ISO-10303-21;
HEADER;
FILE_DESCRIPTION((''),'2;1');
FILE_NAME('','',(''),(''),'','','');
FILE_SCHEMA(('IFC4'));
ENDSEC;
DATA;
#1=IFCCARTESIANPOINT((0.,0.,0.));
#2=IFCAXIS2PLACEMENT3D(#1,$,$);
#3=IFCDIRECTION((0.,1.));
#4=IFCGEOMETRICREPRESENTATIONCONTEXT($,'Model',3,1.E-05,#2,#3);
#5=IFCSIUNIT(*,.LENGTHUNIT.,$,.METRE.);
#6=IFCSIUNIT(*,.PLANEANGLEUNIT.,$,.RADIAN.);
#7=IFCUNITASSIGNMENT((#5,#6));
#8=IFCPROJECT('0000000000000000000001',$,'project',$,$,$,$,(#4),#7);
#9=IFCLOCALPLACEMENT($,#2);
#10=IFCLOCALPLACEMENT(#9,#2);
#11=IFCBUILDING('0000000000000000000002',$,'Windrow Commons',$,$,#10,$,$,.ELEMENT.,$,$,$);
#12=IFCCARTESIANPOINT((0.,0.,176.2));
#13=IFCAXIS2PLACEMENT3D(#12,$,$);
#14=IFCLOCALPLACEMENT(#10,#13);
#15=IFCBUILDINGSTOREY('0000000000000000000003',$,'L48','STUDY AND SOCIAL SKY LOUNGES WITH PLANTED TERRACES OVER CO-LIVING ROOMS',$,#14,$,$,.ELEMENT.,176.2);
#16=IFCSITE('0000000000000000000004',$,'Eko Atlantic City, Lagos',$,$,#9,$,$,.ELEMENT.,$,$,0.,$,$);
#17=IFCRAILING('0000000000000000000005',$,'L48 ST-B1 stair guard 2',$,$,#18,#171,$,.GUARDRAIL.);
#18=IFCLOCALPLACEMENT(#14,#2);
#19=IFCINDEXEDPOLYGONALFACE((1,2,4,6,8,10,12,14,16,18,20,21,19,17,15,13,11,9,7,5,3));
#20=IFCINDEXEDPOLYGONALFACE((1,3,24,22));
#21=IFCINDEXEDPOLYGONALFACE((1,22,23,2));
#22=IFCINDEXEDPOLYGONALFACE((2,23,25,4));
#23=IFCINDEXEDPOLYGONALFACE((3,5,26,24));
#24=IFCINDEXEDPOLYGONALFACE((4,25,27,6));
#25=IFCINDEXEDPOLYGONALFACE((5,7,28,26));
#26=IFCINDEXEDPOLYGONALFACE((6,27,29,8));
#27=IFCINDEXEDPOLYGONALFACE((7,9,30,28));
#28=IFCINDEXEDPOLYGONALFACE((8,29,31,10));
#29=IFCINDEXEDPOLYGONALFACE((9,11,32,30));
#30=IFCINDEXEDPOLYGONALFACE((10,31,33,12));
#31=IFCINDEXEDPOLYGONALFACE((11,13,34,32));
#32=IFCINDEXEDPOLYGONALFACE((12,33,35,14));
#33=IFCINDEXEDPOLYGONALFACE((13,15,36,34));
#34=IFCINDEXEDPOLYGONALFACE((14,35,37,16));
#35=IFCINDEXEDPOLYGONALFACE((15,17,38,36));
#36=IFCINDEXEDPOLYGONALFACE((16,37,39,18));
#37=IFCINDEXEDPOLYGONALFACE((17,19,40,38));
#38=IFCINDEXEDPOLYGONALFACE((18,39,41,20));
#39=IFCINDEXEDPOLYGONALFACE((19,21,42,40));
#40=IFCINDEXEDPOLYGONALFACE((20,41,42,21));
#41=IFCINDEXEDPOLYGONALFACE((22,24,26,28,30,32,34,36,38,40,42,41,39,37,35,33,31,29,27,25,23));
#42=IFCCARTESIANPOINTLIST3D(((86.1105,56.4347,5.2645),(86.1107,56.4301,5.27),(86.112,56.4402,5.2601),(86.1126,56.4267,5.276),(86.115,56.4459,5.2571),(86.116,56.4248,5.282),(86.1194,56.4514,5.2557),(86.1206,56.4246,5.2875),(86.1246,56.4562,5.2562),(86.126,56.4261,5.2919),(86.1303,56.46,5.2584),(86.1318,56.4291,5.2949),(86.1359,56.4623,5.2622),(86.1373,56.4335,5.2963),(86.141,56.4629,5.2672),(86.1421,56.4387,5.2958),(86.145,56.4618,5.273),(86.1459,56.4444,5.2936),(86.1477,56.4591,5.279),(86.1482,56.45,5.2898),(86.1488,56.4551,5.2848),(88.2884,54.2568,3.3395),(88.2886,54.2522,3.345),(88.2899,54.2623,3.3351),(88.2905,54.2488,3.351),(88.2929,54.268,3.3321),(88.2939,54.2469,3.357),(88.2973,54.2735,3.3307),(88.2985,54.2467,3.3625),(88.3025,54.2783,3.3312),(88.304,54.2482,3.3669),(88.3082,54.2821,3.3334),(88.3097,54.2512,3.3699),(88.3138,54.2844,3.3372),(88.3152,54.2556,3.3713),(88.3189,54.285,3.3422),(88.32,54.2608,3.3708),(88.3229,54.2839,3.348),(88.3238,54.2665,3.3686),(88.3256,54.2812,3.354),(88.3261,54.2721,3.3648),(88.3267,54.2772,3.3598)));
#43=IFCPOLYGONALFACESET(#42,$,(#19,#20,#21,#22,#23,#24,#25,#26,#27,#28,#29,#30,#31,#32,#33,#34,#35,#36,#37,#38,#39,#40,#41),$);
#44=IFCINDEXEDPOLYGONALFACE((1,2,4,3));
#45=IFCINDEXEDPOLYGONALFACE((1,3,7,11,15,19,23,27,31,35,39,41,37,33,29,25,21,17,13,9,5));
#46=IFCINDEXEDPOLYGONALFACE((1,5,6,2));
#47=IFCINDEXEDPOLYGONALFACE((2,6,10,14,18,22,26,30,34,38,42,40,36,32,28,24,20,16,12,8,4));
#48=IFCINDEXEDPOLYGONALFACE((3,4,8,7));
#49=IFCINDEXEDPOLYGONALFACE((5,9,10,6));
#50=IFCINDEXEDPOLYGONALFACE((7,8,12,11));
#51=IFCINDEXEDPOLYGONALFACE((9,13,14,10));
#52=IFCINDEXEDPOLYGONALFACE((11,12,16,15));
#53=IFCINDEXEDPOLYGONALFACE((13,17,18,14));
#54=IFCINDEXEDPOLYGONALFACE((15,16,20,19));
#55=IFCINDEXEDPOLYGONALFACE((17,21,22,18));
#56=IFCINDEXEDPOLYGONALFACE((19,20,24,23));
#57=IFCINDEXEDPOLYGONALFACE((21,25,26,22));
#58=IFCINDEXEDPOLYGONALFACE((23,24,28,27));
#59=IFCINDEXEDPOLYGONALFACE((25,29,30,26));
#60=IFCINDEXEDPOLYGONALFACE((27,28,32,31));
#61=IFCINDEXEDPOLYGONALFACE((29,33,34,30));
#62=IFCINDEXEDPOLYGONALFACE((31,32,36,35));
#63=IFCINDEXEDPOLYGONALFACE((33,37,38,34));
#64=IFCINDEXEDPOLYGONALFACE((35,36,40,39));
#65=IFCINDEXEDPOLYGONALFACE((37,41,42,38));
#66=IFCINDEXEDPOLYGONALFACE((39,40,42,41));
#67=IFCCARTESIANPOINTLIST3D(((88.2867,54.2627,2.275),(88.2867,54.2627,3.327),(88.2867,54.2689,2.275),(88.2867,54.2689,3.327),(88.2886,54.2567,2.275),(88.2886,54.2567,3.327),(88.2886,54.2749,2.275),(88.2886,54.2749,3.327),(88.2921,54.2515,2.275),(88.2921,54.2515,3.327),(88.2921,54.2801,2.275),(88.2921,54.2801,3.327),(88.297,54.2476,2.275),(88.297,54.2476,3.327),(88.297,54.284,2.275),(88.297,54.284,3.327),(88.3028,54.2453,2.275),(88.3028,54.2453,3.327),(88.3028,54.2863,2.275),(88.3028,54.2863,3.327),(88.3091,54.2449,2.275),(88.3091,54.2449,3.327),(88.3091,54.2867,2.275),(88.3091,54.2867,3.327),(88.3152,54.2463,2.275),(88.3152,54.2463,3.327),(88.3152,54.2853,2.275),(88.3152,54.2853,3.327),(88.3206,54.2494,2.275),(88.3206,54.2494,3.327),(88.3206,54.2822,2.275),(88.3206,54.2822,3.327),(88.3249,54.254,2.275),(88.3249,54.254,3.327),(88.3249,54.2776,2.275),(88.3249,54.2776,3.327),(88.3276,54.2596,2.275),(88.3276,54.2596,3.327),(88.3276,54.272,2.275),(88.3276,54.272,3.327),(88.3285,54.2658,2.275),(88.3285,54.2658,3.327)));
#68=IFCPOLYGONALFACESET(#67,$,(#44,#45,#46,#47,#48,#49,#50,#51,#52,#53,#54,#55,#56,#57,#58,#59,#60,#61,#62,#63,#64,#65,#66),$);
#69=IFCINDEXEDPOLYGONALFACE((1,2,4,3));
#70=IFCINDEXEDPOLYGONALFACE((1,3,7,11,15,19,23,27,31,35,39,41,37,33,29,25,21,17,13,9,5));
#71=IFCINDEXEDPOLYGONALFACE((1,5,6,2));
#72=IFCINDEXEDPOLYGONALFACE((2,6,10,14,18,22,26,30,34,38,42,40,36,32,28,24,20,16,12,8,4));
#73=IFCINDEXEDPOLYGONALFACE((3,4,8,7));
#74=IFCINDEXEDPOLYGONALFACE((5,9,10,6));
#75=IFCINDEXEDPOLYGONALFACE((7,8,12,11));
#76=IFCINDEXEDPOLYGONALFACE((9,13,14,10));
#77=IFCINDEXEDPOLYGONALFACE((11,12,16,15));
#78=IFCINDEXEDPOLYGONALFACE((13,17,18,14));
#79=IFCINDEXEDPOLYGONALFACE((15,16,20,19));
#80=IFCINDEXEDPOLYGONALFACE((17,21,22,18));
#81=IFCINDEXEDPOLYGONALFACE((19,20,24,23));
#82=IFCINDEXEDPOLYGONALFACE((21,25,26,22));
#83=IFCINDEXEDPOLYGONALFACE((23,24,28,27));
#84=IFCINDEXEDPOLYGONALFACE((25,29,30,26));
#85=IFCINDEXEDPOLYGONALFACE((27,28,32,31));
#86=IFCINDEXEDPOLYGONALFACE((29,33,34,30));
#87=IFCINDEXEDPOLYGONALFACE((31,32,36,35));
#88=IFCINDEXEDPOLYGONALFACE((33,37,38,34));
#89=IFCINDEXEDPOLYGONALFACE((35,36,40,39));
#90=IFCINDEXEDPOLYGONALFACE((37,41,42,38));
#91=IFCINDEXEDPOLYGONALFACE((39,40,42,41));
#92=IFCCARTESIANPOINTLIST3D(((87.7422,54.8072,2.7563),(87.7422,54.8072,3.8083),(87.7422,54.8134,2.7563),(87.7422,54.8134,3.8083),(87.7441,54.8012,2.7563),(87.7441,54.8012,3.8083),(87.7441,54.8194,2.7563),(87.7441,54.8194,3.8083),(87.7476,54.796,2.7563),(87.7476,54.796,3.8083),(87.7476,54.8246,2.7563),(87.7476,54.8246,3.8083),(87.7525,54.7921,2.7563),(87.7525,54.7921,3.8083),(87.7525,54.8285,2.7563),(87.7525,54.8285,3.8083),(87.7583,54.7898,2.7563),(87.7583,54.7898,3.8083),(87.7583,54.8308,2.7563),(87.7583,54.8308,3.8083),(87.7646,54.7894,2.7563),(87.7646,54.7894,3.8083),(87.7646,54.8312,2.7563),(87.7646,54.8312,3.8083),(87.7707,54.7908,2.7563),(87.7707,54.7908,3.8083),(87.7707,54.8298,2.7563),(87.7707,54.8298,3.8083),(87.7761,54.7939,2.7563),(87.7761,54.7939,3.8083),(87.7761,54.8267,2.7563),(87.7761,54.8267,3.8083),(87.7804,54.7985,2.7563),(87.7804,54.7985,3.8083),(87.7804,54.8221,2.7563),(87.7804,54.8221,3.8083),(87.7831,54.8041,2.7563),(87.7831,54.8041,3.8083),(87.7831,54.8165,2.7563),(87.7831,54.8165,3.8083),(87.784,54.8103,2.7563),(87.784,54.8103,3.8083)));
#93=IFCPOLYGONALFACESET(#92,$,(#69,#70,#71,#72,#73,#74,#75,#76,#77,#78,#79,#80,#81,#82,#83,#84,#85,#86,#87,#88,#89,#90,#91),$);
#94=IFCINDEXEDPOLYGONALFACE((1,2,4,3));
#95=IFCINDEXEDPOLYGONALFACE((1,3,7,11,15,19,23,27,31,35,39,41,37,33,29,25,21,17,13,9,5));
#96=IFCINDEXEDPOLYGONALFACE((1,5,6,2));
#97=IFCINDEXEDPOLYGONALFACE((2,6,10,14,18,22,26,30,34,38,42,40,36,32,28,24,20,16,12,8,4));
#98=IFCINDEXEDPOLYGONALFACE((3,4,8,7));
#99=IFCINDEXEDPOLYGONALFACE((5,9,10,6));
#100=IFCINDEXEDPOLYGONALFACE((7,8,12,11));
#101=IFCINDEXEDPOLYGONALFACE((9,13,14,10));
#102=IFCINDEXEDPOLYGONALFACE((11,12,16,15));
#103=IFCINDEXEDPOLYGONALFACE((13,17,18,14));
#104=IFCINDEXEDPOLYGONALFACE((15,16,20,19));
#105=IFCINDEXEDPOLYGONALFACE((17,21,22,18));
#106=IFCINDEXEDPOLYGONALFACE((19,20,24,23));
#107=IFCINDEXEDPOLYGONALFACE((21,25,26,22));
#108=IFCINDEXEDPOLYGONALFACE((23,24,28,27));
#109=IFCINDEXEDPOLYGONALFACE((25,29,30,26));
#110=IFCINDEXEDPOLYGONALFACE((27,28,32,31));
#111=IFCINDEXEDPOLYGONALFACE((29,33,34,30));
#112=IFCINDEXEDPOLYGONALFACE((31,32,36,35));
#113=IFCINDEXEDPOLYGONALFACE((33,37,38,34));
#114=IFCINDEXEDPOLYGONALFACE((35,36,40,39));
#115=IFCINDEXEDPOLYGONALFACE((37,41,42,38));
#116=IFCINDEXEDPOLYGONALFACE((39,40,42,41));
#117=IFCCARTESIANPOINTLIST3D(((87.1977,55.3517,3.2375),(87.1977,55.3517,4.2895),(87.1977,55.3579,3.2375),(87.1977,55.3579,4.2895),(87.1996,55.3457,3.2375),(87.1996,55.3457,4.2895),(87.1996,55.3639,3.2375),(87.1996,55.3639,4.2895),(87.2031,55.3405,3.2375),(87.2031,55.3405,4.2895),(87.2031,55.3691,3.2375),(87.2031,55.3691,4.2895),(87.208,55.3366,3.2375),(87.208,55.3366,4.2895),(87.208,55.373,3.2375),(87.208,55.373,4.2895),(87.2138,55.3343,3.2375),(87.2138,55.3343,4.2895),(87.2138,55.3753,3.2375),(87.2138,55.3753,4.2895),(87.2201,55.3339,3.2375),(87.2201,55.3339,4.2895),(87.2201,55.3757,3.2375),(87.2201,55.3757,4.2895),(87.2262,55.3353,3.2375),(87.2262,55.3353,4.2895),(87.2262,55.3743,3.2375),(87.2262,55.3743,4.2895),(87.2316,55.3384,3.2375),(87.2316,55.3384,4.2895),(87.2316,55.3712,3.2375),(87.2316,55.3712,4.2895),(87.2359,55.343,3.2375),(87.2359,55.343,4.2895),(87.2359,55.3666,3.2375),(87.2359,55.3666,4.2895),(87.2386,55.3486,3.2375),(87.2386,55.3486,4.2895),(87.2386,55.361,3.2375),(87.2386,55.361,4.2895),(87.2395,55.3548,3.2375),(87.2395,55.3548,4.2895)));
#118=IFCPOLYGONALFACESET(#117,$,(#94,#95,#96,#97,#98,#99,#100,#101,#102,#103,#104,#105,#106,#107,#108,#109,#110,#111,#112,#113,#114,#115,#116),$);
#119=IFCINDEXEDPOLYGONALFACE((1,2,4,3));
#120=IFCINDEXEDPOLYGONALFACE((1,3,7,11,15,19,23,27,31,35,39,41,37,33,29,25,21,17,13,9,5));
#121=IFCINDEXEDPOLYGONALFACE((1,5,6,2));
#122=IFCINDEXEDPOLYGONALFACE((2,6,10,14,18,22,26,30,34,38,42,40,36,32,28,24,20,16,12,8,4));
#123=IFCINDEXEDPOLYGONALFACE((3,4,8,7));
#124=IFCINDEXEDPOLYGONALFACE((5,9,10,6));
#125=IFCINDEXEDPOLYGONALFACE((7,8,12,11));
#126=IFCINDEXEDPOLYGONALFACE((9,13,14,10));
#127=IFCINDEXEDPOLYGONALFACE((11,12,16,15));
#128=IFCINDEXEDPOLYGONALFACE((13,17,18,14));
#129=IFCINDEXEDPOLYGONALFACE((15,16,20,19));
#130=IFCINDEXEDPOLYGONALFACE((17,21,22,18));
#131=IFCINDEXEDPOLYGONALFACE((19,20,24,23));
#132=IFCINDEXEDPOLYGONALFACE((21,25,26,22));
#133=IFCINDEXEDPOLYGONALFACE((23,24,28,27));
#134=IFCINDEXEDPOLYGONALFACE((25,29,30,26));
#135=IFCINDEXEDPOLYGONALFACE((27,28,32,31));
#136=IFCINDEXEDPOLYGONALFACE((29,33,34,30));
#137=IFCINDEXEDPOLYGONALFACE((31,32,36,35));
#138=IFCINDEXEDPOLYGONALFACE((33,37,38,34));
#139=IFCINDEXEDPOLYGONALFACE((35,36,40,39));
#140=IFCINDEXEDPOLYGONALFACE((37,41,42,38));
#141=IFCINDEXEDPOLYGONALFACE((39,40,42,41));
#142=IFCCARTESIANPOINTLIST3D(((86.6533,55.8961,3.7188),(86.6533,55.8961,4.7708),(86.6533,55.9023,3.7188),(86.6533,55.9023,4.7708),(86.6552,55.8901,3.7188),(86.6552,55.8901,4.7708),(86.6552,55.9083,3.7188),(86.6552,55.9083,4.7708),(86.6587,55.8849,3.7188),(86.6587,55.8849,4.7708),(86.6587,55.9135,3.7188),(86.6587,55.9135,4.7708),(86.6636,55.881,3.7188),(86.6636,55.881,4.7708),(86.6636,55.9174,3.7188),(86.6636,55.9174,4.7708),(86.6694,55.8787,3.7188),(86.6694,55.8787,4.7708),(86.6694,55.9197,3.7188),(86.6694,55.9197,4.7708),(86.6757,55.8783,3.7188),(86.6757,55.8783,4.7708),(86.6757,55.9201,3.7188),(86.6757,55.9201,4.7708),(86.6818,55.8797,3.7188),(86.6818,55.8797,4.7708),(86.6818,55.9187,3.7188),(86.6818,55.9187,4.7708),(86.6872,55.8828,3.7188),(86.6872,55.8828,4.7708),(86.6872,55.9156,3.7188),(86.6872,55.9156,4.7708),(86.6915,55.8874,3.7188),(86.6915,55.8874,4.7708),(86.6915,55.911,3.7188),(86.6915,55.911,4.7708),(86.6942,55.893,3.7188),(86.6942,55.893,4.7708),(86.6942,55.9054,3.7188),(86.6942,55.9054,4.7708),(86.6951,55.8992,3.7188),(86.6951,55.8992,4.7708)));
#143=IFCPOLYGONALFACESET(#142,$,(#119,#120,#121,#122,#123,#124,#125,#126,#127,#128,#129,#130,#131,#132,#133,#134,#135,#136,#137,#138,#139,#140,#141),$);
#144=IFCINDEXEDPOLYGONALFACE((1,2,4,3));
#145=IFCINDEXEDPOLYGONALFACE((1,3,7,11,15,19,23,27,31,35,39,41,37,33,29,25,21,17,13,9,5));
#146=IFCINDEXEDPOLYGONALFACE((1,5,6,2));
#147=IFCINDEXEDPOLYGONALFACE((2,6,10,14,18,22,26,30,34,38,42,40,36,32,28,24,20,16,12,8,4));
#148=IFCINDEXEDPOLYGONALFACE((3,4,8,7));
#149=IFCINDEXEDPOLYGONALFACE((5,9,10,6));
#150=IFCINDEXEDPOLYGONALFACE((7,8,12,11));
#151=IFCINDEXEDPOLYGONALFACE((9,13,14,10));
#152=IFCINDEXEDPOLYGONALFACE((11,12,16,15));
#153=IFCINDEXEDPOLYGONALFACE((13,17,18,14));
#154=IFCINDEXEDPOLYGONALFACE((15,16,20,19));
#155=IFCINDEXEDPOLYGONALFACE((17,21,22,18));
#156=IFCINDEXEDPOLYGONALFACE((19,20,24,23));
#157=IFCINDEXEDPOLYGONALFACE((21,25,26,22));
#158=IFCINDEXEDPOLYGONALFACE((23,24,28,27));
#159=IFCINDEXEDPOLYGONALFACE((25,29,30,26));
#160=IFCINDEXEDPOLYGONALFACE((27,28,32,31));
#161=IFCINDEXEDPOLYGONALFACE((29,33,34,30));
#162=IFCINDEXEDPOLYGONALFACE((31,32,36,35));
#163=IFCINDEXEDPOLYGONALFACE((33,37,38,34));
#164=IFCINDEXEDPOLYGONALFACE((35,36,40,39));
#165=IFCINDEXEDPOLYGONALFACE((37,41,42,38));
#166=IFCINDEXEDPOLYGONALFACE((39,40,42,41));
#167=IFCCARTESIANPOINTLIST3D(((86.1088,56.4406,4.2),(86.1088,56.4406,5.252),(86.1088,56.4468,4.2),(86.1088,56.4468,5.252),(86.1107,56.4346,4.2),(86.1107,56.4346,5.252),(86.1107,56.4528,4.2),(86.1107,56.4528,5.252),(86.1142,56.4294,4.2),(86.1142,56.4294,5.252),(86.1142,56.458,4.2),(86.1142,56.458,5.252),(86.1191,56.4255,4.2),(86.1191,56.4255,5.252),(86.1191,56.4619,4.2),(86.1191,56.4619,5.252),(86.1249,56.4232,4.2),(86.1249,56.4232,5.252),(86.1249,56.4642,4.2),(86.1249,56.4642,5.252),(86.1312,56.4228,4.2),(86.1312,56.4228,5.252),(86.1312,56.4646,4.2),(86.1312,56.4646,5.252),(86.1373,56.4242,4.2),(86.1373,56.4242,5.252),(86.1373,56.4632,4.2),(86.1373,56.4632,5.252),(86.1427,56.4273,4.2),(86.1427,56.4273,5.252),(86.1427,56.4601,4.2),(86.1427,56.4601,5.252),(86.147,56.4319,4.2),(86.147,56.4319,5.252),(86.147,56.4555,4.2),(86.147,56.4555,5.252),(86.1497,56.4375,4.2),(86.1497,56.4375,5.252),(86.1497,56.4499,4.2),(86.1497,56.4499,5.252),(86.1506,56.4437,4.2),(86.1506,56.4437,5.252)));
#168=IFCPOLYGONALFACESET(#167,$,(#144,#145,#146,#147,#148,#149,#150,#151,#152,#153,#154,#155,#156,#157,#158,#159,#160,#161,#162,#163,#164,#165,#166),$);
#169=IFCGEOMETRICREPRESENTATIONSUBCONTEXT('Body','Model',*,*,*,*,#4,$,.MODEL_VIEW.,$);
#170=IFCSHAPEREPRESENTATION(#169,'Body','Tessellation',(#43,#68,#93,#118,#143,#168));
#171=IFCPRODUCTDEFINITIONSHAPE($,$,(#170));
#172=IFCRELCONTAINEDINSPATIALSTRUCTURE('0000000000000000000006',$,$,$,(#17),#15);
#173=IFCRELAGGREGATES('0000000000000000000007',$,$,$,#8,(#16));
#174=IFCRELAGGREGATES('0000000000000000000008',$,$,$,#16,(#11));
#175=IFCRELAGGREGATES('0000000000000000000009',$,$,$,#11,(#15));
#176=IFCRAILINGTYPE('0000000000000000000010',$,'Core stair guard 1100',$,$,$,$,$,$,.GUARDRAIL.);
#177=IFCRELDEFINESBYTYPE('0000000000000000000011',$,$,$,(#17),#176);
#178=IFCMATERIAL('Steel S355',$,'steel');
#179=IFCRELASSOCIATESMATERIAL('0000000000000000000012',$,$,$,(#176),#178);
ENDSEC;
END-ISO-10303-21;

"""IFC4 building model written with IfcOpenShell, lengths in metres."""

from ifc_helpers import new_model, si_unit, direction, frame, origin, origin_2d, place, context, subcontext, project, spatial, circle, extrude, material, type_object, element, save


model = new_model("IFC4")

# Units and contexts
model_context = context("Model", 3, precision=1e-05, world=origin(), true_north=direction((0.0, 1.0)))
body_context = subcontext(model_context, "Body", "Model", "MODEL_VIEW")
ifc_project = project(units=[si_unit("LENGTHUNIT", "METRE"), si_unit("PLANEANGLEUNIT", "RADIAN")], contexts=[model_context])

# Site, building, storey
site_placement = place(None, origin())
site = spatial("IfcSite", under=ifc_project, at=site_placement, Name="Eko Atlantic City, Lagos", CompositionType="ELEMENT", RefElevation=0.0)
building_placement = place(site_placement, origin())
building = spatial("IfcBuilding", under=site, at=building_placement, Name="Windrow Commons", CompositionType="ELEMENT")
storey_placement = place(building_placement, frame((0.0, 0.0, 176.2)))
storey = spatial("IfcBuildingStorey", under=building, at=storey_placement, Name="L48", Description="STUDY AND SOCIAL SKY LOUNGES WITH PLANTED TERRACES OVER CO-LIVING ROOMS", CompositionType="ELEMENT", Elevation=176.2)

# Railing
ifc_material_1 = material(Name="Steel S355", Category="steel")
railing_type_1 = type_object("IfcRailingType", Name="Core stair guard 1100", PredefinedType="GUARDRAIL", material=ifc_material_1)
railing_1_placement = place(storey_placement, frame((88.3075, 54.2658, 2.275)))
element("IfcRailing", 1, at=railing_1_placement, inside=storey, type_object=railing_type_1, Name="L48 ST-B1 stair guard 2", PredefinedType="GUARDRAIL", context=body_context, shape_type="SweptSolid", body=[
    extrude(circle(Radius=0.024, at=origin_2d()), frame((0.0, 0.0, 1.076), z_axis=(-0.599626, 0.599626, 0.529997), x_axis=(-0.707107, -0.707107, 0.0)), (0.0, 0.0, 1.0), 3.6321),
    extrude(circle(Radius=0.021, at=origin_2d()), origin(), (0.0, 0.0, 1.0), 1.052),
    extrude(circle(Radius=0.021, at=origin_2d()), frame((-0.5445, 0.5445, 0.4813)), (0.0, 0.0, 1.0), 1.052),
    extrude(circle(Radius=0.021, at=origin_2d()), frame((-1.089, 1.089, 0.9625)), (0.0, 0.0, 1.0), 1.052),
    extrude(circle(Radius=0.021, at=origin_2d()), frame((-1.6334, 1.6334, 1.4438)), (0.0, 0.0, 1.0), 1.052),
    extrude(circle(Radius=0.021, at=origin_2d()), frame((-2.1779, 2.1779, 1.925)), (0.0, 0.0, 1.0), 1.052),
])

save(model, "model.ifc")
